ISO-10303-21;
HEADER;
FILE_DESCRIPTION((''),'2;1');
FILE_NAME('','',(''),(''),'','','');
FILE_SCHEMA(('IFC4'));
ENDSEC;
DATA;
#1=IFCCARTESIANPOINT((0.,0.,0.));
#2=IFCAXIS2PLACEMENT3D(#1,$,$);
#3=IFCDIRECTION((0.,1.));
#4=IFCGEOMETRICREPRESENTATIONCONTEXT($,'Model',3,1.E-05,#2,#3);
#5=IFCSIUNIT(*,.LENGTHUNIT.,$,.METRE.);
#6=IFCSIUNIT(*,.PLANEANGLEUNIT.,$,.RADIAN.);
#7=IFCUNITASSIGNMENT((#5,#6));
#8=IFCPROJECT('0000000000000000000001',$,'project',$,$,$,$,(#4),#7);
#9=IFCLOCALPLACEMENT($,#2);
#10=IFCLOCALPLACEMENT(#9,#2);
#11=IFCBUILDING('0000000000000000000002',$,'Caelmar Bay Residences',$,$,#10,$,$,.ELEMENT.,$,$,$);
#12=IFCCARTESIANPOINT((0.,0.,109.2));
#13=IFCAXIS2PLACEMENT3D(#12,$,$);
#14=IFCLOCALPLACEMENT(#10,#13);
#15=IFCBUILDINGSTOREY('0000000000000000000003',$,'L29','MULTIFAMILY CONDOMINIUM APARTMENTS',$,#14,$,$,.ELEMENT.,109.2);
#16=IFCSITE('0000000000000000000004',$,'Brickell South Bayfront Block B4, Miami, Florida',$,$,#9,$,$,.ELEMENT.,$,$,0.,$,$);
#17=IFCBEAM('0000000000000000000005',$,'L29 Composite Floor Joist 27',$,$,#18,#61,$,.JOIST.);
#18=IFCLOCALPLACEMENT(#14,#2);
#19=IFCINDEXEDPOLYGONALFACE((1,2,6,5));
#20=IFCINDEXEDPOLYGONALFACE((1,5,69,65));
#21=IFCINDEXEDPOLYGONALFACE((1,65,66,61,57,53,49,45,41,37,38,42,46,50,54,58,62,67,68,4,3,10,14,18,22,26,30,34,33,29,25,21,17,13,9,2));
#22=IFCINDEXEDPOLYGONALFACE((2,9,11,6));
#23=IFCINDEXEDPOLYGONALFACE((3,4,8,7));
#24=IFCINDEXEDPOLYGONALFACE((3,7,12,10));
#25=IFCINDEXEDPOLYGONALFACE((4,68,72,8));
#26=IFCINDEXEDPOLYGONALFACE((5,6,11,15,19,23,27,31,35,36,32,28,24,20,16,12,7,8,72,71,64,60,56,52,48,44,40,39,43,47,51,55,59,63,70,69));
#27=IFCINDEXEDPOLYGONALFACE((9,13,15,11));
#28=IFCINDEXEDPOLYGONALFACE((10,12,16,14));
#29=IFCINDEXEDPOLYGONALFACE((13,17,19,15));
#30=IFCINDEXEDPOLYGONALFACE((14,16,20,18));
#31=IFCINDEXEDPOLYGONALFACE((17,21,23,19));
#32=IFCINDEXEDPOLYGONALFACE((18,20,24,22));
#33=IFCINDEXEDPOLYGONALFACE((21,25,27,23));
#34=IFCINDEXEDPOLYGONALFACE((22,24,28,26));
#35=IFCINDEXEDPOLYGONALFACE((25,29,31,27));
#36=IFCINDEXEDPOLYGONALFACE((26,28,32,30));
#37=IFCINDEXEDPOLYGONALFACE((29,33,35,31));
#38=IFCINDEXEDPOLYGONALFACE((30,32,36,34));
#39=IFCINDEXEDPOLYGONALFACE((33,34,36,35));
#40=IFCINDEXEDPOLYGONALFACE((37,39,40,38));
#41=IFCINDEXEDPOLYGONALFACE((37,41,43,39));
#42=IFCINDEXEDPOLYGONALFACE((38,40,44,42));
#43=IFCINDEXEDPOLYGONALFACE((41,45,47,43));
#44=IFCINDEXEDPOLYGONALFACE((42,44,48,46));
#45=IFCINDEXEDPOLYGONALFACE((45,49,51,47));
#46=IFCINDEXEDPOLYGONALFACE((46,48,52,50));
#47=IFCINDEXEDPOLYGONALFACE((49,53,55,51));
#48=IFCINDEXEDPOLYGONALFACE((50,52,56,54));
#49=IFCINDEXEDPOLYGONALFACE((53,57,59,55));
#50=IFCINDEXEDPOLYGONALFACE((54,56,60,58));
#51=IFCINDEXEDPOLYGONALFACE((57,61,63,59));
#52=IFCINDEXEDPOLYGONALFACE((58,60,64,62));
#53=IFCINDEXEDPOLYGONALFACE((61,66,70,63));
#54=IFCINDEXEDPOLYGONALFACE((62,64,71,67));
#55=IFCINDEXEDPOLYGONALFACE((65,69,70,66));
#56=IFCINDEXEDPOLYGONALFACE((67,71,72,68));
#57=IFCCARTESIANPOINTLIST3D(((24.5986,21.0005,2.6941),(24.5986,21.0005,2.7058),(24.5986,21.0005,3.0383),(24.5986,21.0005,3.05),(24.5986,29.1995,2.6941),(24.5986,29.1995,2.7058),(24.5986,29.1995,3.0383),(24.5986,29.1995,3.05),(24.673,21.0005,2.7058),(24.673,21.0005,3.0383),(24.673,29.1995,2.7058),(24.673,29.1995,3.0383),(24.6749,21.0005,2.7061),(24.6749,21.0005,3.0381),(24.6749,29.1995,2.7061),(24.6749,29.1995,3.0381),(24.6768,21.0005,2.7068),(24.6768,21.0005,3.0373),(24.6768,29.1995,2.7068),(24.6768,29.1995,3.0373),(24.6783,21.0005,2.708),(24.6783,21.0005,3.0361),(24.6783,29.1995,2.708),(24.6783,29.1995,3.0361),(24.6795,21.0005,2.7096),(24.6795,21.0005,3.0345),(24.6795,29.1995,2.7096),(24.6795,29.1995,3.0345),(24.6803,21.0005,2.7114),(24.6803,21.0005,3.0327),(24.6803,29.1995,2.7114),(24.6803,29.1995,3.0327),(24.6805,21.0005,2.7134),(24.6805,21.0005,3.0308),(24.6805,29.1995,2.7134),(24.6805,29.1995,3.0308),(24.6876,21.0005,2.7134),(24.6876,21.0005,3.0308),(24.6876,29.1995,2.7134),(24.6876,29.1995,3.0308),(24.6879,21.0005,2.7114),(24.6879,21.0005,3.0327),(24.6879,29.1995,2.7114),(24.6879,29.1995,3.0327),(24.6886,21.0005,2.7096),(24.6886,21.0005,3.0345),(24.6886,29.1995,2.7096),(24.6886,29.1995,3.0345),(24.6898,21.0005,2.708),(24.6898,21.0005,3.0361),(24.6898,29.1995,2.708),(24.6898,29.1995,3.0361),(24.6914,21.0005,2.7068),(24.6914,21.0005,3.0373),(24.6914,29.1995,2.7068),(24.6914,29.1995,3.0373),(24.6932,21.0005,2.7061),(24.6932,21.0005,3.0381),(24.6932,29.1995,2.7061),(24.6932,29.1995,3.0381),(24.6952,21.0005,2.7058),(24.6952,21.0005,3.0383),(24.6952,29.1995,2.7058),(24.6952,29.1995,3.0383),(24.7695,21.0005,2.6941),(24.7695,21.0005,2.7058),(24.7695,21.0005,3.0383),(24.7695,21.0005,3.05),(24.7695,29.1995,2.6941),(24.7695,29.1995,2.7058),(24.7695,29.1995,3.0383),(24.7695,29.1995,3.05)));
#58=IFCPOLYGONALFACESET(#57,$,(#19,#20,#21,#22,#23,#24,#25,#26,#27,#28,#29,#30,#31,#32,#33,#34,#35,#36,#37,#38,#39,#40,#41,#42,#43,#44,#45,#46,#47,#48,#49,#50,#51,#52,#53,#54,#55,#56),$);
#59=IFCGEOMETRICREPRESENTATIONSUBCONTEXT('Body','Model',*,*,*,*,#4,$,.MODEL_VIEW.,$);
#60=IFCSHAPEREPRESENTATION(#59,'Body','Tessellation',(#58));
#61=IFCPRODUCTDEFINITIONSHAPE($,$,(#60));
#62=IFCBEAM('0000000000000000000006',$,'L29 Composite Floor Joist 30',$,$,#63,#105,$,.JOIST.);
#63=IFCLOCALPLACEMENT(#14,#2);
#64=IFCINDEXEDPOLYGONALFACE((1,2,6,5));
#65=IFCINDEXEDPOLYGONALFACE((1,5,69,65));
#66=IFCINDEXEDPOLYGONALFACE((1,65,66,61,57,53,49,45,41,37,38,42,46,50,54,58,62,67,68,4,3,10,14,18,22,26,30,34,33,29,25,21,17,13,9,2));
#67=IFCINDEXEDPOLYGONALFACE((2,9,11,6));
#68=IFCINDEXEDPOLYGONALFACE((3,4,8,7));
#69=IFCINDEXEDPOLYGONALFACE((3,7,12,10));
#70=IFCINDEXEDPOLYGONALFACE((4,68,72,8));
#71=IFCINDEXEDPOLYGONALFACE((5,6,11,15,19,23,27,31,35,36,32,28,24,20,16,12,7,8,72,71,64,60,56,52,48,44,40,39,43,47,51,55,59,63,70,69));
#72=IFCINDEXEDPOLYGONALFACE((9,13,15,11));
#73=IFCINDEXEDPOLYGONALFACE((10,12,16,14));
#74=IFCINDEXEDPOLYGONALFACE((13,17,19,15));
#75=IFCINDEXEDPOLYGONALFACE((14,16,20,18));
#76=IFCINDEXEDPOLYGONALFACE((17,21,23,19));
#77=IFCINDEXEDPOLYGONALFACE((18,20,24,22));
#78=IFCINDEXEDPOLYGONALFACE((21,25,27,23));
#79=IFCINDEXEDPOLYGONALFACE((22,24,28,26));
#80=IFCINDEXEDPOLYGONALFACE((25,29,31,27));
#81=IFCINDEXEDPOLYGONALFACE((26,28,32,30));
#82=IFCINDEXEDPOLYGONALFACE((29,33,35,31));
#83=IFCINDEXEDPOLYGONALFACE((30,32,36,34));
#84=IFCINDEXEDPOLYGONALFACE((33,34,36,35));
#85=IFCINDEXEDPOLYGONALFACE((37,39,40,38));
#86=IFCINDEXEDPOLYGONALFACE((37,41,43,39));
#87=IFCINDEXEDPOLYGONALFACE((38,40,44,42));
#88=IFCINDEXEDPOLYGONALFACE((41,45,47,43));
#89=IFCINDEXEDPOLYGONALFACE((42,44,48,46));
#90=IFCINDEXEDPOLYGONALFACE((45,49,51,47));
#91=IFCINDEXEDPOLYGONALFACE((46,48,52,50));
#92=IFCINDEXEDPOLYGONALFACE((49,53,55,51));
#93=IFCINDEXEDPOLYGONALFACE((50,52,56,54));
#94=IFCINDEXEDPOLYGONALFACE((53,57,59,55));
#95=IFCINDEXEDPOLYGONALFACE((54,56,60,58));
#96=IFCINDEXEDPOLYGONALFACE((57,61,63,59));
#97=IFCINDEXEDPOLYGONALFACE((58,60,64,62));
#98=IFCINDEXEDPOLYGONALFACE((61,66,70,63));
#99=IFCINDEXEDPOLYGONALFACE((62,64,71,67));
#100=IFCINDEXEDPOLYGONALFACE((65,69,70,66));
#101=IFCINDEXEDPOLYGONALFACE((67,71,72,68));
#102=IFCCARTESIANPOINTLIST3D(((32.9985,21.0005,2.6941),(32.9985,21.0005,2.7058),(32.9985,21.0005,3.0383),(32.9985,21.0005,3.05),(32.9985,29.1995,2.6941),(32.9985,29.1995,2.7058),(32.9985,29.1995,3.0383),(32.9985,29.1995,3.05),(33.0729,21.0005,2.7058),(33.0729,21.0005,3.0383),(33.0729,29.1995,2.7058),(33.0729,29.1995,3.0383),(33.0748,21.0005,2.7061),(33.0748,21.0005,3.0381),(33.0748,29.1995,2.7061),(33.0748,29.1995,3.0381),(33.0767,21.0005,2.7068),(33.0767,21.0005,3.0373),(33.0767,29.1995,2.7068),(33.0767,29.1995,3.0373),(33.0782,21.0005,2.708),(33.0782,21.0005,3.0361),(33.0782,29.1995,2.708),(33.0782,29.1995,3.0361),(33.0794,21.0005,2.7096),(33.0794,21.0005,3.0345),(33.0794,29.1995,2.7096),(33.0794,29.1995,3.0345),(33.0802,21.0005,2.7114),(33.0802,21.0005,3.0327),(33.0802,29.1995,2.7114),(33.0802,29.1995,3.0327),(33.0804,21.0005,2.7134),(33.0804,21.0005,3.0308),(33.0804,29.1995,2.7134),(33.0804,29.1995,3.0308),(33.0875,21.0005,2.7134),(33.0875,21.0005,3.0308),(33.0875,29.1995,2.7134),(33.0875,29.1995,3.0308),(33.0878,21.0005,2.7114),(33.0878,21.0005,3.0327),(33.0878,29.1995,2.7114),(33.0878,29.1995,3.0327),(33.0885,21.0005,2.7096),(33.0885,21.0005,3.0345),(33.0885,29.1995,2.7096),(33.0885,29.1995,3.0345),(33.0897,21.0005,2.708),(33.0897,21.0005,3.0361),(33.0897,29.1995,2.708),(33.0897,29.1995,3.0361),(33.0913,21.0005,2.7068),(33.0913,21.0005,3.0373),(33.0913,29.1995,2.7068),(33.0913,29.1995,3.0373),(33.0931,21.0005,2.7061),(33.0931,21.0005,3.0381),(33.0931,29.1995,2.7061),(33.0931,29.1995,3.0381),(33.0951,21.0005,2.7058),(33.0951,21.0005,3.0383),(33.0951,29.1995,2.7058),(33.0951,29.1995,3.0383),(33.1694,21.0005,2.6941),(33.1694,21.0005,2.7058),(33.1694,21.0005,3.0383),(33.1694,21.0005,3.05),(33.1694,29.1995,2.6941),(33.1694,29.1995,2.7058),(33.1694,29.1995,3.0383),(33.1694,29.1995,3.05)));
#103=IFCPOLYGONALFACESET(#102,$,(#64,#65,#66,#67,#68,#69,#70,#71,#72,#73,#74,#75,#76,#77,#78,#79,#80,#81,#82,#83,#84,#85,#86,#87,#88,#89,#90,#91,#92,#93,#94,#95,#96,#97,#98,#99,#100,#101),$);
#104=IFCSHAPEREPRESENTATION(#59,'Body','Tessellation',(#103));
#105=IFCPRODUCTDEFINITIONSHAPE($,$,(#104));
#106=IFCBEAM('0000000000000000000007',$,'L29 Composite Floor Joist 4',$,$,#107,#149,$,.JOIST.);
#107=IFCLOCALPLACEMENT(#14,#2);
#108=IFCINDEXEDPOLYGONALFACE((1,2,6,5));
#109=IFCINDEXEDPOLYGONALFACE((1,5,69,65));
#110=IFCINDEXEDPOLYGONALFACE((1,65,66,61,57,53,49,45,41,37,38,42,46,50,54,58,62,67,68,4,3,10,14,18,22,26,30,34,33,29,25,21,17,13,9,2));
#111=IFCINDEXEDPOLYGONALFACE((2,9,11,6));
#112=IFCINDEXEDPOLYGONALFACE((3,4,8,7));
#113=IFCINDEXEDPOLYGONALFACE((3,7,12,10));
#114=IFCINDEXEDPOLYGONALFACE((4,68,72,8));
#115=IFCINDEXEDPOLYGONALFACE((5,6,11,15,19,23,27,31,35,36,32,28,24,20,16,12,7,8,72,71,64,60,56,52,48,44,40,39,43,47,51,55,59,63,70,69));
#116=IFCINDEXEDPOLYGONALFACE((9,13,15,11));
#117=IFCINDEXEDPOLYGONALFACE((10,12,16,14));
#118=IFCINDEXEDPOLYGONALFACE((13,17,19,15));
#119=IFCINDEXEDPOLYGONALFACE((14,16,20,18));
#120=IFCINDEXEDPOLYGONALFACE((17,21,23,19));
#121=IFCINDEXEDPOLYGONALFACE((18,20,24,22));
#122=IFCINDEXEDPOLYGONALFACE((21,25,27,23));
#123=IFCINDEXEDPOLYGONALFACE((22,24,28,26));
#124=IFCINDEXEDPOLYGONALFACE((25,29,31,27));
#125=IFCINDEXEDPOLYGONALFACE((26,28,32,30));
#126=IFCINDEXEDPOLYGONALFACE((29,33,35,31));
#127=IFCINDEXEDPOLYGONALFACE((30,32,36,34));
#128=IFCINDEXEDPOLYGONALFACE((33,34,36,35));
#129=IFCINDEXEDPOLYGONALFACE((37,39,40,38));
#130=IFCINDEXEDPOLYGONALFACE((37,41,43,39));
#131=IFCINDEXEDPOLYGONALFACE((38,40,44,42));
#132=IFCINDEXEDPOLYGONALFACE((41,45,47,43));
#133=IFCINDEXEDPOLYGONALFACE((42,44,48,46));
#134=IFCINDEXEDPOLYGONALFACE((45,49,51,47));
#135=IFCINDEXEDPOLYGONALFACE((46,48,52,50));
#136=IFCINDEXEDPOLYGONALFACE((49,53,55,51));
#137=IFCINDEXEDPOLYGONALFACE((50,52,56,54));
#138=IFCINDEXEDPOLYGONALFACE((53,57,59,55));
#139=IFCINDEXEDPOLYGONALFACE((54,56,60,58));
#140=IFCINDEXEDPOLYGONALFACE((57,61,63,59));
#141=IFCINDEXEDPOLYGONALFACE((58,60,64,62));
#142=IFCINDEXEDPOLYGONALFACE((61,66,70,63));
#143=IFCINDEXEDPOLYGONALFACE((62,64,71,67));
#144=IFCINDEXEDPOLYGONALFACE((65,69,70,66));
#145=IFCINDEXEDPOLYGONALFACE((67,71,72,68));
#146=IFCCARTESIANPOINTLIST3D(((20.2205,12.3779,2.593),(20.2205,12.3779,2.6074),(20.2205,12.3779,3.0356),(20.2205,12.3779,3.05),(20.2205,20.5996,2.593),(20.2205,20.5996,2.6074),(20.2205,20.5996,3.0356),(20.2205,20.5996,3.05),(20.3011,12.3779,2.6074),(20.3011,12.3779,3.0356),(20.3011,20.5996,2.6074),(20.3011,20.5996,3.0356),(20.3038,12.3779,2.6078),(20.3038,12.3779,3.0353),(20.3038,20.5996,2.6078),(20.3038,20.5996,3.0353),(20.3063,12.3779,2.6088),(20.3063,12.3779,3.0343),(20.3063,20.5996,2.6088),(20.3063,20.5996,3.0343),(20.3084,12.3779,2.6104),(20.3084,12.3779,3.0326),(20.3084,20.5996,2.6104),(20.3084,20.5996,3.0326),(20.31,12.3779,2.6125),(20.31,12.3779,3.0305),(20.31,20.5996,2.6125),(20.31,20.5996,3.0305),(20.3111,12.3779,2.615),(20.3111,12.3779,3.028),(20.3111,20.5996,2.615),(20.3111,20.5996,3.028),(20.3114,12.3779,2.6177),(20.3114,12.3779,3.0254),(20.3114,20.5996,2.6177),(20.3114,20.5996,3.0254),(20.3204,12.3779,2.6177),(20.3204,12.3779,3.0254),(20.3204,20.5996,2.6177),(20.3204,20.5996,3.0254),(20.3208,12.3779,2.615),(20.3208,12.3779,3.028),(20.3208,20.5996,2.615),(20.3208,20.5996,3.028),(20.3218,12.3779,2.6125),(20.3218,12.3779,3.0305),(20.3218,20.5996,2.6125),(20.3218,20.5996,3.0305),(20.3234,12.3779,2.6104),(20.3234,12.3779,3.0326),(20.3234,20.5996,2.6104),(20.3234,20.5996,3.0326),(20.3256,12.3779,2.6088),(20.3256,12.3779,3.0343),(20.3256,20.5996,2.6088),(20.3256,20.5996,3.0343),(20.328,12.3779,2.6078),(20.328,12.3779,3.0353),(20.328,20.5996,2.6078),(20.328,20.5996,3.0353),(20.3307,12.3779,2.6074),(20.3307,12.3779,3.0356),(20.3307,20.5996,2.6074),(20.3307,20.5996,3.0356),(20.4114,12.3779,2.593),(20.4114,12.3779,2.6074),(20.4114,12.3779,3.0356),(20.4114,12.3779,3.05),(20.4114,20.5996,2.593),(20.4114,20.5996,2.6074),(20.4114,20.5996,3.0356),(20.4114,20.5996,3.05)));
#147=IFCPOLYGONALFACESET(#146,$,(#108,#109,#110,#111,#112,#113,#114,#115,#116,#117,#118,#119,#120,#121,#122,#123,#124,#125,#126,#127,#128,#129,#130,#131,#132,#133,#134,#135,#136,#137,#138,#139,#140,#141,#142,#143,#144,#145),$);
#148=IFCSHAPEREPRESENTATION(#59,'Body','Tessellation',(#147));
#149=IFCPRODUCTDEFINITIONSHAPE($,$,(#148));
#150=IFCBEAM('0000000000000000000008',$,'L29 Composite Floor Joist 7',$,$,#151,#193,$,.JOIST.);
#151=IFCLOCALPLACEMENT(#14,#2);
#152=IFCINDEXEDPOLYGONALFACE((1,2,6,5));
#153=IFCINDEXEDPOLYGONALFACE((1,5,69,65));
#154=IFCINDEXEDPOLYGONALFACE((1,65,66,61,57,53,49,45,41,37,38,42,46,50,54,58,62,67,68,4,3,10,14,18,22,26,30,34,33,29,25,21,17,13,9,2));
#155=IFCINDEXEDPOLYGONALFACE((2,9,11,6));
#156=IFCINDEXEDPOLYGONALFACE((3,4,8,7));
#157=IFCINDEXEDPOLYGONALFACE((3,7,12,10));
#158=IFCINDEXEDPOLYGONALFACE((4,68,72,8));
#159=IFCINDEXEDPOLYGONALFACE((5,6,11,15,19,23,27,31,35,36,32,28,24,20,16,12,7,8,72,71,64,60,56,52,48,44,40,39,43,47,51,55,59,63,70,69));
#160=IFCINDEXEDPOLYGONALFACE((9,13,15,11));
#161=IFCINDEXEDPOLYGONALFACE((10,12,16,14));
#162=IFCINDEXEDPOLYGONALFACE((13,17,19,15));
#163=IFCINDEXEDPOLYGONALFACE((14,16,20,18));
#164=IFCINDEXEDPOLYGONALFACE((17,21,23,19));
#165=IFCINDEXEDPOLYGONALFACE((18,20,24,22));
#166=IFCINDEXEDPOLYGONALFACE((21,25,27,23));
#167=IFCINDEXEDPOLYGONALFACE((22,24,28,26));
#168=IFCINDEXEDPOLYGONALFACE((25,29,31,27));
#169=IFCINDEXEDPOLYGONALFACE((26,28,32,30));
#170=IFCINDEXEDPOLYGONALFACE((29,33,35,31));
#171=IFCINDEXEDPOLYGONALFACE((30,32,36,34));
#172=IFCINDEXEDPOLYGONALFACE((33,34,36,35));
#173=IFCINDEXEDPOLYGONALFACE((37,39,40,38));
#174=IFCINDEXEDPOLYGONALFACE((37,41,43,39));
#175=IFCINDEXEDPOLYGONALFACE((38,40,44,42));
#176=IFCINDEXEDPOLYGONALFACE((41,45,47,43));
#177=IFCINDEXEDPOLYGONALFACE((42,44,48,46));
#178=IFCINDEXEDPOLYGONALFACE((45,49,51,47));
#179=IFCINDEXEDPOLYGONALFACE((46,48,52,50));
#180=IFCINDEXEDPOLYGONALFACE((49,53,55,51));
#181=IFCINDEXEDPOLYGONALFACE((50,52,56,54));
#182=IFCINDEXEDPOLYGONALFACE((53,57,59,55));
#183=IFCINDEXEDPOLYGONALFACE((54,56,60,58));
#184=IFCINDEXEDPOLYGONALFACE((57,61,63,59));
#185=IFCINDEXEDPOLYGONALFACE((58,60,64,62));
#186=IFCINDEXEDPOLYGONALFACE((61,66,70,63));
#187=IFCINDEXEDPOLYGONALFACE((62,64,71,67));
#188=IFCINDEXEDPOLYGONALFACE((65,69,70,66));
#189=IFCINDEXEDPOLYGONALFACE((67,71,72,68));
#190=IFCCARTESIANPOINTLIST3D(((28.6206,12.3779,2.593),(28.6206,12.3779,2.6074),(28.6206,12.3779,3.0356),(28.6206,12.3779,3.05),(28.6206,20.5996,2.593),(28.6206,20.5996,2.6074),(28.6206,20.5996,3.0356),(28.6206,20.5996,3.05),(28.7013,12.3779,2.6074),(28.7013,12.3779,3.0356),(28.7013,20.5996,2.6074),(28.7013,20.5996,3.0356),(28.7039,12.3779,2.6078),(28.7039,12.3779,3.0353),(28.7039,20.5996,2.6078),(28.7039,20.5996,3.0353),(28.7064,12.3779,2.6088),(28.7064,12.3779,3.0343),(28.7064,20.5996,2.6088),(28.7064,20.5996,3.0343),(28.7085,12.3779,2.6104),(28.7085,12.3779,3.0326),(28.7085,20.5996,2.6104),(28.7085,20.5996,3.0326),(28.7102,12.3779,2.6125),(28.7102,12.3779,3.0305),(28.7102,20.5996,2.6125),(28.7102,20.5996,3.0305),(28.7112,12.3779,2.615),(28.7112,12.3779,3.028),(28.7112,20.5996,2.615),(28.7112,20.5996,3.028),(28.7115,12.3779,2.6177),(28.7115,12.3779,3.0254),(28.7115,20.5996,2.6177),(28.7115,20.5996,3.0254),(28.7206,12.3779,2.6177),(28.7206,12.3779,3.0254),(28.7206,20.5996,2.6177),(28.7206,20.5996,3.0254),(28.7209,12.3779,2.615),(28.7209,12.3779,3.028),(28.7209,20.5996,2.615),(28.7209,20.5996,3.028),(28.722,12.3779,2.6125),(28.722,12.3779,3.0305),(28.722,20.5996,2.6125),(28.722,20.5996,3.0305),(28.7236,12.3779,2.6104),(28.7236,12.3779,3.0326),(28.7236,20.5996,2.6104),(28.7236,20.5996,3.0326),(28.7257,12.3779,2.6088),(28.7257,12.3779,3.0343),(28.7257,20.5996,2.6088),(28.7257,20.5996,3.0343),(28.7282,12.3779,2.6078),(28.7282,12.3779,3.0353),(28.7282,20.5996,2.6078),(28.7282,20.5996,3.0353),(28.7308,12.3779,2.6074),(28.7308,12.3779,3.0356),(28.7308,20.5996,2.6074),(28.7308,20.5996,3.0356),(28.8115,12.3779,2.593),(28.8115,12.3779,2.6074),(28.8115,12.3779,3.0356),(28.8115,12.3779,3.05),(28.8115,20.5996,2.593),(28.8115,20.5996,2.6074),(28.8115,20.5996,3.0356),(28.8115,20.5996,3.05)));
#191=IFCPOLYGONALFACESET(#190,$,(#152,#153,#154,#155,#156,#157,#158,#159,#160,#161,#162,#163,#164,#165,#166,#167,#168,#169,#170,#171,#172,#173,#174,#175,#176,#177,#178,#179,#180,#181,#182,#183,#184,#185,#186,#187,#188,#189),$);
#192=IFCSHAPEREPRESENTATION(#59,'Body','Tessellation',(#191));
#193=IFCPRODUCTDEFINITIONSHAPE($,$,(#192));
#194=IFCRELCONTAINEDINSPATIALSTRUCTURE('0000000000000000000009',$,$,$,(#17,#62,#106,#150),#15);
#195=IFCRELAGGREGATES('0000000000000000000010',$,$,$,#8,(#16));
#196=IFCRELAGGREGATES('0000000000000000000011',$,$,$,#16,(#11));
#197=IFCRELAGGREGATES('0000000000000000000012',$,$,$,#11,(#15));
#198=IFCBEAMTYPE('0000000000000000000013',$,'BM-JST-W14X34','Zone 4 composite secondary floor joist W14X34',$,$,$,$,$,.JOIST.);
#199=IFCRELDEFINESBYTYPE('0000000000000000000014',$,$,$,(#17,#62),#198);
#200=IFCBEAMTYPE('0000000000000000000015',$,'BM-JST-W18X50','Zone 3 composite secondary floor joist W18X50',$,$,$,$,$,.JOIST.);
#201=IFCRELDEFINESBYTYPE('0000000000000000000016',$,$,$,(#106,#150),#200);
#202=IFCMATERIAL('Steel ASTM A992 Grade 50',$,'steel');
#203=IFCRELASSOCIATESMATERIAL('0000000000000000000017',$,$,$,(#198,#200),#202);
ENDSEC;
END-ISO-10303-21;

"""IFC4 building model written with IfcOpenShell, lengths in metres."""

from ifc_helpers import new_model, si_unit, direction, frame, origin, origin_2d, place, context, subcontext, project, spatial, i_section, extrude, material, material_profile, profile_set, type_object, element, save


model = new_model("IFC4")

# Units and contexts
model_context = context("Model", 3, precision=1e-05, world=origin(), true_north=direction((0.0, 1.0)))
body_context = subcontext(model_context, "Body", "Model", "MODEL_VIEW")
ifc_project = project(units=[si_unit("LENGTHUNIT", "METRE"), si_unit("PLANEANGLEUNIT", "RADIAN")], contexts=[model_context])

# Site, building, storey
site_placement = place(None, origin())
site = spatial("IfcSite", under=ifc_project, at=site_placement, Name="Brickell South Bayfront Block B4, Miami, Florida", CompositionType="ELEMENT", RefElevation=0.0)
building_placement = place(site_placement, origin())
building = spatial("IfcBuilding", under=site, at=building_placement, Name="Caelmar Bay Residences", CompositionType="ELEMENT")
storey_placement = place(building_placement, frame((0.0, 0.0, 109.2)))
storey = spatial("IfcBuildingStorey", under=building, at=storey_placement, Name="L29", Description="MULTIFAMILY CONDOMINIUM APARTMENTS", CompositionType="ELEMENT", Elevation=109.2)

# Beams
ifc_material_1 = material(Name="Steel ASTM A992 Grade 50", Category="steel")
ifc_material_profile_1 = material_profile(ifc_material_1, i_section(OverallWidth=0.1709, OverallDepth=0.356, WebThickness=0.0071, FlangeThickness=0.0117, FilletRadius=0.0076, at=origin_2d()), Name="W14X34")
ifc_profile_set_1 = profile_set([ifc_material_profile_1], Name="Steel ASTM A992 Grade 50")
beam_type_1 = type_object("IfcBeamType", Name="BM-JST-W14X34", Description="Zone 4 composite secondary floor joist W14X34", PredefinedType="JOIST", material=ifc_profile_set_1)
for number, where, z_axis, x_axis, name in (
    (1, (24.6841, 21.0005, 2.8721), (0.0, 1.0, 0.0), (-1.0, 0.0, 0.0), "L29 Composite Floor Joist 27"),
    (2, (33.084, 21.0005, 2.8721), (0.0, 1.0, 0.0), (-1.0, 0.0, 0.0), "L29 Composite Floor Joist 30"),
):
    element("IfcBeam", number, at=place(storey_placement, frame(where, z_axis=z_axis, x_axis=x_axis)), inside=storey, type_object=beam_type_1, Name=name, PredefinedType="JOIST", context=body_context, shape_type="SweptSolid", body=[
        extrude(i_section(OverallWidth=0.1709, OverallDepth=0.356, WebThickness=0.0071, FlangeThickness=0.0117, FilletRadius=0.0076, at=origin_2d()), origin(), (0.0, 0.0, 1.0), 8.199),
    ])
ifc_material_profile_2 = material_profile(ifc_material_1, i_section(OverallWidth=0.1909, OverallDepth=0.457, WebThickness=0.009, FlangeThickness=0.0144, FilletRadius=0.0103, at=origin_2d()), Name="W18X50")
ifc_profile_set_2 = profile_set([ifc_material_profile_2], Name="Steel ASTM A992 Grade 50")
beam_type_2 = type_object("IfcBeamType", Name="BM-JST-W18X50", Description="Zone 3 composite secondary floor joist W18X50", PredefinedType="JOIST", material=ifc_profile_set_2)
for number, where, z_axis, x_axis, name in (
    (3, (20.3159, 12.3779, 2.8215), (0.0, 1.0, 0.0), (-1.0, 0.0, 0.0), "L29 Composite Floor Joist 4"),
    (4, (28.7161, 12.3779, 2.8215), (0.0, 1.0, 0.0), (-1.0, 0.0, 0.0), "L29 Composite Floor Joist 7"),
):
    element("IfcBeam", number, at=place(storey_placement, frame(where, z_axis=z_axis, x_axis=x_axis)), inside=storey, type_object=beam_type_2, Name=name, PredefinedType="JOIST", context=body_context, shape_type="SweptSolid", body=[
        extrude(i_section(OverallWidth=0.1909, OverallDepth=0.457, WebThickness=0.009, FlangeThickness=0.0144, FilletRadius=0.0103, at=origin_2d()), origin(), (0.0, 0.0, 1.0), 8.2217),
    ])

save(model, "model.ifc")
